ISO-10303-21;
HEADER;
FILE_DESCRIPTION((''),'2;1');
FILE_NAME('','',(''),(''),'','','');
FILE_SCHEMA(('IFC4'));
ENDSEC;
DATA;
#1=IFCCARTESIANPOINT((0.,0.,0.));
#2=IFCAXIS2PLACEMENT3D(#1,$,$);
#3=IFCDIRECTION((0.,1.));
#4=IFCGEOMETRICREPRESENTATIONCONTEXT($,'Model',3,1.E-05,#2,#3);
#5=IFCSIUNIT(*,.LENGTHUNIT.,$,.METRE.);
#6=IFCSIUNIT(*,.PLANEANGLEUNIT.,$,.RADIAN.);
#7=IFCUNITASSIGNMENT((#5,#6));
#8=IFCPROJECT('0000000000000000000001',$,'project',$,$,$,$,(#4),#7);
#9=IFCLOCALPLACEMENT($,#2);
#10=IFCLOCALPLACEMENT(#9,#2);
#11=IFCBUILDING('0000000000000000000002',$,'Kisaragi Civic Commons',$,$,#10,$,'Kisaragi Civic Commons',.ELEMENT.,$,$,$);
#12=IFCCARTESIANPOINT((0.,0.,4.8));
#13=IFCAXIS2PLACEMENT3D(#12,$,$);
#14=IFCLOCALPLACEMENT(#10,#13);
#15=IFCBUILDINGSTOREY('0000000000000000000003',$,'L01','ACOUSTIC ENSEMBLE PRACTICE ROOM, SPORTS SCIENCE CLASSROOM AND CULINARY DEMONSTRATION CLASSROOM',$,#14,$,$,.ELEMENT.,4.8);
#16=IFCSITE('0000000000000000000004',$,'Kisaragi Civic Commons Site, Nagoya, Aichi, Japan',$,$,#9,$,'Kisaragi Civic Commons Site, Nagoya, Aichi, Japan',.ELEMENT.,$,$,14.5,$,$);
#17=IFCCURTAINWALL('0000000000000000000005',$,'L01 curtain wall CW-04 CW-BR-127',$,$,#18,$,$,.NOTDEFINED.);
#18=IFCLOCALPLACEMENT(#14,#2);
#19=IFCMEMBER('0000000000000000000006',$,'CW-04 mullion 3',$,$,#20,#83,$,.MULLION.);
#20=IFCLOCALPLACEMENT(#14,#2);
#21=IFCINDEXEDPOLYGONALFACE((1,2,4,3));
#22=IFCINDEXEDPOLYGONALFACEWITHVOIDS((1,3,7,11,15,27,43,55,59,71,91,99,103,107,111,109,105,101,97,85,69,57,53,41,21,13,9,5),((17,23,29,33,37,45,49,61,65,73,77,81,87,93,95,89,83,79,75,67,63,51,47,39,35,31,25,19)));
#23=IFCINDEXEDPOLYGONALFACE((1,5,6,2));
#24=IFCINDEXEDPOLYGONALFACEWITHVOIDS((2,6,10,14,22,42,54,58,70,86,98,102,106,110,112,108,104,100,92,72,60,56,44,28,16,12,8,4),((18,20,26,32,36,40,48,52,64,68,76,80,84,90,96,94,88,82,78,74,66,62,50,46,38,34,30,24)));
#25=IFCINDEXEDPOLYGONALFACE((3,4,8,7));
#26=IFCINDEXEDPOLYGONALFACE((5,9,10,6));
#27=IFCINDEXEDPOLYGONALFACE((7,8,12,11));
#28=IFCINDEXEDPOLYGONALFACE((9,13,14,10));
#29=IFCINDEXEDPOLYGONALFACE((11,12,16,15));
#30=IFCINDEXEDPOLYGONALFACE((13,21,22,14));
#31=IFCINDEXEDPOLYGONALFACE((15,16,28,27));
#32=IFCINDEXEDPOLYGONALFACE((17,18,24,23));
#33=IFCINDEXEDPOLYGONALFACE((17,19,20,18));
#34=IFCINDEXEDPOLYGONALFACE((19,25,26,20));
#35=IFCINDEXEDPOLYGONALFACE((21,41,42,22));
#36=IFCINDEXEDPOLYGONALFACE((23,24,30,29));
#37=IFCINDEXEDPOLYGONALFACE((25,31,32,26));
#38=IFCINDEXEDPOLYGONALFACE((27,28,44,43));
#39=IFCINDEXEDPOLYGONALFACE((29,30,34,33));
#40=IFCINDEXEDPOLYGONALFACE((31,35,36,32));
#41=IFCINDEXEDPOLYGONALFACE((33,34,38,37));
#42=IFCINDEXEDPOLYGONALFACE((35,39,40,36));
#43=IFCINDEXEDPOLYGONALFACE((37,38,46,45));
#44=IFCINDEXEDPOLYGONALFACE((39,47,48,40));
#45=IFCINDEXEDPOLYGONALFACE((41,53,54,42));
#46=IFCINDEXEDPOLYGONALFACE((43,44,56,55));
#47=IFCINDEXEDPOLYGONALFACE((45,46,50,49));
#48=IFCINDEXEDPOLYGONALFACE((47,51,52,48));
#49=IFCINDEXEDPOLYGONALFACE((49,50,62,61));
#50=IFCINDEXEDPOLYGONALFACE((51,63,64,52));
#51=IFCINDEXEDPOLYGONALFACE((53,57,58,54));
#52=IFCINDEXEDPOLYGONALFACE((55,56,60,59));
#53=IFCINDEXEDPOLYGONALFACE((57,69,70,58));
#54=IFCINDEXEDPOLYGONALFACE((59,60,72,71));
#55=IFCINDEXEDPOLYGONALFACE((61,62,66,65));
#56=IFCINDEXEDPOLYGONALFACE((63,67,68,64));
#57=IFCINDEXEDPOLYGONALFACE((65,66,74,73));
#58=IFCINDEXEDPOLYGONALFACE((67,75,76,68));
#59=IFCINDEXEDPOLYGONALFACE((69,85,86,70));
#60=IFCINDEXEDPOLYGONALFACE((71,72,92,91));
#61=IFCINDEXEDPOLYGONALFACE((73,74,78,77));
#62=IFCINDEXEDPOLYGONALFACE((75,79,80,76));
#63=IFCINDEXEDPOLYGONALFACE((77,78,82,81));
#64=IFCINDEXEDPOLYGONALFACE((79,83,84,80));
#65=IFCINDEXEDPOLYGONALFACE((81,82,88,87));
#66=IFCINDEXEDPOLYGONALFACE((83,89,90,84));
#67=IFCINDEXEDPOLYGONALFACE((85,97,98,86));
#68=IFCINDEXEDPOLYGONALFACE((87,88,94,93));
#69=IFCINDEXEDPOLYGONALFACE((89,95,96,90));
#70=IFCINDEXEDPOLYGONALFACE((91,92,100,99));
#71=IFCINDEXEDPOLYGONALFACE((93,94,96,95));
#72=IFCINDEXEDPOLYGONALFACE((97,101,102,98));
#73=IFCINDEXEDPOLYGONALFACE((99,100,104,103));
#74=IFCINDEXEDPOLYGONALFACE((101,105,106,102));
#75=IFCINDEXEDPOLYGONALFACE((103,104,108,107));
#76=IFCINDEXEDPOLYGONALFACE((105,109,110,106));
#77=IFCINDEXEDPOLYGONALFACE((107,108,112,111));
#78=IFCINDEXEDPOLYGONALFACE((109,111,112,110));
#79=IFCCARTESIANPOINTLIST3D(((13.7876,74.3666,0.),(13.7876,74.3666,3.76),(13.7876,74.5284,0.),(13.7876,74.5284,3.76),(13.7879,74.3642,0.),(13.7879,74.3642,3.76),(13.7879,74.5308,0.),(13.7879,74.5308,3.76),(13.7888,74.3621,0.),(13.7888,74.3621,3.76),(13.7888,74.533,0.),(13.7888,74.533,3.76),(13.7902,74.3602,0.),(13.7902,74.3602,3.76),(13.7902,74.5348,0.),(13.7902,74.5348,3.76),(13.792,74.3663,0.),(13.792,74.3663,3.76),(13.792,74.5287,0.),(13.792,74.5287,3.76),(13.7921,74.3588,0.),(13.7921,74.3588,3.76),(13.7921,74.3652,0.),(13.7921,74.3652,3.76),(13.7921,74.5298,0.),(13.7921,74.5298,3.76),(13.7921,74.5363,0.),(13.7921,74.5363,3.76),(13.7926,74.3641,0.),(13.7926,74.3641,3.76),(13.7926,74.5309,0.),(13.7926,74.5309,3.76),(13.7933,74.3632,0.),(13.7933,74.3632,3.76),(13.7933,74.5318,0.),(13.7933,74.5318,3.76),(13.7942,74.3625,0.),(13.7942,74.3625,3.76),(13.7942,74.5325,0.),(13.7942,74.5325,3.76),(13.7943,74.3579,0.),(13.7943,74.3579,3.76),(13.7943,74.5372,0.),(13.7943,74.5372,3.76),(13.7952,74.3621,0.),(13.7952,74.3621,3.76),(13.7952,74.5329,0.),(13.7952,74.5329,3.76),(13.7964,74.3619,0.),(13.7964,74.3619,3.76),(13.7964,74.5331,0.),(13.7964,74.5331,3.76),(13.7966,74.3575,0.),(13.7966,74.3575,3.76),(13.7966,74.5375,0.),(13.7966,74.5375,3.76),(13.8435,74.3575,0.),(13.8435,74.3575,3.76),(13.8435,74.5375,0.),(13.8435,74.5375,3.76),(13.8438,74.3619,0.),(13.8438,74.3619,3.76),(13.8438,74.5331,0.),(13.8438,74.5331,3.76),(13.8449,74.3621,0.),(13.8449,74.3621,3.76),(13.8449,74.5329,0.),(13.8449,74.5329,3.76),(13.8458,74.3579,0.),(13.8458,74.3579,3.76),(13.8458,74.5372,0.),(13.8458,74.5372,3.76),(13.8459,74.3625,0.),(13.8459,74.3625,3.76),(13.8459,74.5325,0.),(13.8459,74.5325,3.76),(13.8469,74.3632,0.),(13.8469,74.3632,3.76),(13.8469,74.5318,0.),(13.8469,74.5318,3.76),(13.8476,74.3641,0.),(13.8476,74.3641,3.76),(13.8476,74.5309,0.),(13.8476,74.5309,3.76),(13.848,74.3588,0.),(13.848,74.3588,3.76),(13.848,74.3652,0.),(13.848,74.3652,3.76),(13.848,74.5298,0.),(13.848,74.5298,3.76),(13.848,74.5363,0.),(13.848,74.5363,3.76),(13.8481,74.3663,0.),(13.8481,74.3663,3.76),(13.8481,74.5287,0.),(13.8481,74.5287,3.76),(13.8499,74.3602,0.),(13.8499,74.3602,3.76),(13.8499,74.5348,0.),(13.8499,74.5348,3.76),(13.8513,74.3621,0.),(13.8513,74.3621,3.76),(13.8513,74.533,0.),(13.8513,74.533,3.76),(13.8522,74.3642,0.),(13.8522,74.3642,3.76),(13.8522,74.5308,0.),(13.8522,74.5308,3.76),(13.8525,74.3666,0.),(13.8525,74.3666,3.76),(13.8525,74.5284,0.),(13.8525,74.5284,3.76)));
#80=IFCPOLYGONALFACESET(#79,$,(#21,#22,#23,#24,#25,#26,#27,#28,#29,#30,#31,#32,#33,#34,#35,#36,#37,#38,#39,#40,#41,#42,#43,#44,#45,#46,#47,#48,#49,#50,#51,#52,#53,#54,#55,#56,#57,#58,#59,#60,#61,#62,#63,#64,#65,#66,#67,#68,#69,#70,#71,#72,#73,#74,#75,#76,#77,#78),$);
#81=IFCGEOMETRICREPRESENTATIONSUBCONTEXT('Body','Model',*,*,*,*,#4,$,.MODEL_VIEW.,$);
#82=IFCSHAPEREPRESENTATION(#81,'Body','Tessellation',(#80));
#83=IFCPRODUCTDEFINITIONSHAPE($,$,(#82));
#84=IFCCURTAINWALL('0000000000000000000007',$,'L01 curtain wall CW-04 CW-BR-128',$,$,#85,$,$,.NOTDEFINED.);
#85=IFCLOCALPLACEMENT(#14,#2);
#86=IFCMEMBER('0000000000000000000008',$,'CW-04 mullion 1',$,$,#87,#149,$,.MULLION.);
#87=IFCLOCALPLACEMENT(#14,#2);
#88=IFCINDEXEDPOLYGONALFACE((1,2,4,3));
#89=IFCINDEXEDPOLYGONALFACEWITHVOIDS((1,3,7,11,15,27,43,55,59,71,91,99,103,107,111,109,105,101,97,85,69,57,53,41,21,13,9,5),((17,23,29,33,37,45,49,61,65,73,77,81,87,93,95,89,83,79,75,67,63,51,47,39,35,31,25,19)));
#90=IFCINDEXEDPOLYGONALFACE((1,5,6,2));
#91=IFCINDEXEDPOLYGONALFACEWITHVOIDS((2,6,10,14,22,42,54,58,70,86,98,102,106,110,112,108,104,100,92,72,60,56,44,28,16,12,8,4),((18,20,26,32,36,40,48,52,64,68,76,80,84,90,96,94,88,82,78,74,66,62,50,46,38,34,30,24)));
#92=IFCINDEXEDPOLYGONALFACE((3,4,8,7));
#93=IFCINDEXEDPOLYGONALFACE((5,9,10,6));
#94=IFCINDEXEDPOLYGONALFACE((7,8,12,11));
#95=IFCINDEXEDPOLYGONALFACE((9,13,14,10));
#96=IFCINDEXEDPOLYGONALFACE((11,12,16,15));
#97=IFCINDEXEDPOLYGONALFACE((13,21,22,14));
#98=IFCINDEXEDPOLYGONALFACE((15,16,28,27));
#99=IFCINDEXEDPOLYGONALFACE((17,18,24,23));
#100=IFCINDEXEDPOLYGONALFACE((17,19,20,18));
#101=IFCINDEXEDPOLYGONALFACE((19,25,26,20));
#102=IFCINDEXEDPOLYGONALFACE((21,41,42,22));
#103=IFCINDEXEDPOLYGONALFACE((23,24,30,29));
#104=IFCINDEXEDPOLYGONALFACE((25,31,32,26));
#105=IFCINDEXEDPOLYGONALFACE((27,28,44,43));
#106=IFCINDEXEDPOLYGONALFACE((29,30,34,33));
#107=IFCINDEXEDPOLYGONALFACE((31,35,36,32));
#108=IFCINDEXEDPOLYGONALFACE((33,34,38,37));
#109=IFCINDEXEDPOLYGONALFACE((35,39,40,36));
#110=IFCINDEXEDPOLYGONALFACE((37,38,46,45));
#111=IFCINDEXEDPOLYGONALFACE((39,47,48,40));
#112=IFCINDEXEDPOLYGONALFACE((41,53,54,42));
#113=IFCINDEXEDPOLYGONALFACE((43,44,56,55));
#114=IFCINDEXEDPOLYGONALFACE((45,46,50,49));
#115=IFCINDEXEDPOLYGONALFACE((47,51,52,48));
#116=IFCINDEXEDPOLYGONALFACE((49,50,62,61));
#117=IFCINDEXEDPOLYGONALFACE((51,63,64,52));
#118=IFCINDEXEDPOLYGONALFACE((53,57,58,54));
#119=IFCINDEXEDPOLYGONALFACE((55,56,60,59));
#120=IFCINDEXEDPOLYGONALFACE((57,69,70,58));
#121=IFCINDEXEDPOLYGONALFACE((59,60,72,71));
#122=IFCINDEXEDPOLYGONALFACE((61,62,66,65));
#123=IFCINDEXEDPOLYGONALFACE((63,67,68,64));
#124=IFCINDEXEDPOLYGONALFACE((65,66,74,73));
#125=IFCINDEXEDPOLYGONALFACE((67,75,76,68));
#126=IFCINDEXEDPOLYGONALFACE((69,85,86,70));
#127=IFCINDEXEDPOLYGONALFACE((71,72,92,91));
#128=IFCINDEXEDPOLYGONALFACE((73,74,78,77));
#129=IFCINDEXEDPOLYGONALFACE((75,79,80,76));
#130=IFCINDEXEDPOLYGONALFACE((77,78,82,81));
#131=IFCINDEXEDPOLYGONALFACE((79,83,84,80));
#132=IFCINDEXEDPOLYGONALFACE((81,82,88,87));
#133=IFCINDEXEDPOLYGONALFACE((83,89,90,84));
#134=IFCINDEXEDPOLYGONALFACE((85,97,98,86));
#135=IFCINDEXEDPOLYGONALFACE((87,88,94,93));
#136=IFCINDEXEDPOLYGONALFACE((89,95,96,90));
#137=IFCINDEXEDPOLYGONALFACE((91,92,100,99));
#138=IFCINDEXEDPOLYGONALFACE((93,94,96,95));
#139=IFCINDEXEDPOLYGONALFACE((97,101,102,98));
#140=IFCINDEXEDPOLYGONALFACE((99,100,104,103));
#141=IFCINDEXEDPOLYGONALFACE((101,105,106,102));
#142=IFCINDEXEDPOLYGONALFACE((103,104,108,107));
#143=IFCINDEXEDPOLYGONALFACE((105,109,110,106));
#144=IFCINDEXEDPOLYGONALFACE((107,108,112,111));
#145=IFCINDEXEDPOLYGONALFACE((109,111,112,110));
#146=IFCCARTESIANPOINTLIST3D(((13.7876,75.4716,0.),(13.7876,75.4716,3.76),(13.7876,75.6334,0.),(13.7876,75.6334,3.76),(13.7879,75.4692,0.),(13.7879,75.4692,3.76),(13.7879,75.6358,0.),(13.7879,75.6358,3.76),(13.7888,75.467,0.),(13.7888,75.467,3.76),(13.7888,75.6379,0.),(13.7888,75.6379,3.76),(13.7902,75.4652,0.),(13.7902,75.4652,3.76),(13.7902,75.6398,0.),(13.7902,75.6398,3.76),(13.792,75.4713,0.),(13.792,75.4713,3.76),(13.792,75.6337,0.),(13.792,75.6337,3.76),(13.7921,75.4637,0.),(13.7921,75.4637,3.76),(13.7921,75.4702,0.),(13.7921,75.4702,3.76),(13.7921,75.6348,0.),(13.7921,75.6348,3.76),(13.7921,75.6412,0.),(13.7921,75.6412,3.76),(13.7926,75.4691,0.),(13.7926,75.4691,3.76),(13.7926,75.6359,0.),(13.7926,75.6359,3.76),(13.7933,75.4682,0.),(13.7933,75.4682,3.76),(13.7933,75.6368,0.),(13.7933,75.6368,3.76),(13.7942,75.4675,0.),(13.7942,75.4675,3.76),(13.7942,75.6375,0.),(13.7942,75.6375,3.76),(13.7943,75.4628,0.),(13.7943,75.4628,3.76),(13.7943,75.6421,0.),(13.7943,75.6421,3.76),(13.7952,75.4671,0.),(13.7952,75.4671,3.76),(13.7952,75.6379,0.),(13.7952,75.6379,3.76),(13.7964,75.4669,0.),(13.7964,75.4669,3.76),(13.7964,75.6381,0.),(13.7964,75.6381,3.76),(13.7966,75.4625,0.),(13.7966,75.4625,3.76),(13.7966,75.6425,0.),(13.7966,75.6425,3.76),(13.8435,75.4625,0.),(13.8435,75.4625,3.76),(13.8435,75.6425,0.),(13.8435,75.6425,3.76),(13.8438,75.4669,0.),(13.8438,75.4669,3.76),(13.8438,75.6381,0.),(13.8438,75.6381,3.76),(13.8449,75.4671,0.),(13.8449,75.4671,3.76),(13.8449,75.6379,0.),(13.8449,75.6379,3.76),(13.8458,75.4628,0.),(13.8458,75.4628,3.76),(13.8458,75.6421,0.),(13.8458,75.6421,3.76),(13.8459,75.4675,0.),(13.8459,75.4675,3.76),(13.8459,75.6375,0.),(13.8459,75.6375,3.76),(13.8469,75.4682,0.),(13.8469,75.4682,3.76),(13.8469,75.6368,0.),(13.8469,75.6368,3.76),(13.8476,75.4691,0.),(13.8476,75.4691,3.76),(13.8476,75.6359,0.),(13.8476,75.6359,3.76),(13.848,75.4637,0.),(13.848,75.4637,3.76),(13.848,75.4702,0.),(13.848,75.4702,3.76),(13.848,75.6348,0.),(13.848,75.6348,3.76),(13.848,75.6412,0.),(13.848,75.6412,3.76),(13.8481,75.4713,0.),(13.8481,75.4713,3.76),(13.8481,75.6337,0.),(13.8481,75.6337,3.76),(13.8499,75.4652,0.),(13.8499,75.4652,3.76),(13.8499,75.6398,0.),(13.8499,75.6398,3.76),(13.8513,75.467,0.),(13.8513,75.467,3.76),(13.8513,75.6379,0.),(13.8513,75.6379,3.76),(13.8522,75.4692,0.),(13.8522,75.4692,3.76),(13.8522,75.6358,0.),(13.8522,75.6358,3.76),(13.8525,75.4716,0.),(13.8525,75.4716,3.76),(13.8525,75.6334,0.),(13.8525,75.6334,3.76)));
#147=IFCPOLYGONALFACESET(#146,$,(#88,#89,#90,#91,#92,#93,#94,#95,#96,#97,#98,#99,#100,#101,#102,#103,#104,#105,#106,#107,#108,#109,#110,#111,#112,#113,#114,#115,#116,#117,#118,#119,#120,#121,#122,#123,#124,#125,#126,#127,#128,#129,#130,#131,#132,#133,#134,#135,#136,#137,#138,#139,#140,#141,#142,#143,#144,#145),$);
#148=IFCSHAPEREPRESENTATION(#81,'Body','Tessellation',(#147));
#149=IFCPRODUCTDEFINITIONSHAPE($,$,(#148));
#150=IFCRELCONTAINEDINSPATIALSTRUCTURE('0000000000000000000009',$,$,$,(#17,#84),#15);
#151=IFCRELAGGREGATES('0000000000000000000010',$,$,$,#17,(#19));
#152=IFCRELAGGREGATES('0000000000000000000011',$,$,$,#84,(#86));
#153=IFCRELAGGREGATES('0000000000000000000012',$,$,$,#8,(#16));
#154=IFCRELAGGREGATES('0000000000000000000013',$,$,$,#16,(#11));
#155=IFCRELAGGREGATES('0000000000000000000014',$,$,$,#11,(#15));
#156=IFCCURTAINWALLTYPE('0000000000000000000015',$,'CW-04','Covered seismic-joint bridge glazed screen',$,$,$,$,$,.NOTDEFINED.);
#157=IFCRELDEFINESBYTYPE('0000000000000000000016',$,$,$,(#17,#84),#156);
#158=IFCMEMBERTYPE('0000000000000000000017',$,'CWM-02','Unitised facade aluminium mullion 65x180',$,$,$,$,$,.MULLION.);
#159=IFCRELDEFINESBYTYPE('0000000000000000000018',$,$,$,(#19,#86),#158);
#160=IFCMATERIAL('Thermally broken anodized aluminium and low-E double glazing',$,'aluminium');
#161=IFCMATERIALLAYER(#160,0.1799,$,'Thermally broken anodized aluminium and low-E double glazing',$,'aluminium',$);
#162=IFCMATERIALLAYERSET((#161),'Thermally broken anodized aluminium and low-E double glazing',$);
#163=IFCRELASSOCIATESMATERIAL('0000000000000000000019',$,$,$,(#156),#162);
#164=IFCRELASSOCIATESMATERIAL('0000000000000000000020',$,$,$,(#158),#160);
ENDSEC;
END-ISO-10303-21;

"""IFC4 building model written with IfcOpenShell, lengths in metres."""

from ifc_helpers import new_model, si_unit, direction, frame, origin, origin_2d, place, context, subcontext, project, spatial, hollow_rectangle, extrude, material, layer, layer_set, material_profile, profile_set, type_object, element, aggregate, save


model = new_model("IFC4")

# Units and contexts
model_context = context("Model", 3, precision=1e-05, world=origin(), true_north=direction((0.0, 1.0)))
body_context = subcontext(model_context, "Body", "Model", "MODEL_VIEW")
ifc_project = project(units=[si_unit("LENGTHUNIT", "METRE"), si_unit("PLANEANGLEUNIT", "RADIAN")], contexts=[model_context])

# Site, building, storey
site_placement = place(None, origin())
site = spatial("IfcSite", under=ifc_project, at=site_placement, Name="Kisaragi Civic Commons Site, Nagoya, Aichi, Japan", LongName="Kisaragi Civic Commons Site, Nagoya, Aichi, Japan", CompositionType="ELEMENT", RefElevation=14.5)
building_placement = place(site_placement, origin())
building = spatial("IfcBuilding", under=site, at=building_placement, Name="Kisaragi Civic Commons", LongName="Kisaragi Civic Commons", CompositionType="ELEMENT")
storey_placement = place(building_placement, frame((0.0, 0.0, 4.8)))
storey = spatial("IfcBuildingStorey", under=building, at=storey_placement, Name="L01", Description="ACOUSTIC ENSEMBLE PRACTICE ROOM, SPORTS SCIENCE CLASSROOM AND CULINARY DEMONSTRATION CLASSROOM", CompositionType="ELEMENT", Elevation=4.8)

# Curtain walls, members
ifc_material_1 = material(Name="Thermally broken anodized aluminium and low-E double glazing", Category="aluminium")
ifc_layer_1 = layer(ifc_material_1, 0.1799, Name="Thermally broken anodized aluminium and low-E double glazing", Category="aluminium")
ifc_layer_set_1 = layer_set([ifc_layer_1], Name="Thermally broken anodized aluminium and low-E double glazing")
curtain_wall_type = type_object("IfcCurtainWallType", Name="CW-04", Description="Covered seismic-joint bridge glazed screen", PredefinedType="NOTDEFINED", material=ifc_layer_set_1)
curtain_wall_1_placement = place(storey_placement, origin())
curtain_wall_1 = element("IfcCurtainWall", 1, at=curtain_wall_1_placement, inside=storey, type_object=curtain_wall_type, Name="L01 curtain wall CW-04 CW-BR-127", PredefinedType="NOTDEFINED")
ifc_material_profile_1 = material_profile(ifc_material_1, hollow_rectangle(XDim=0.0649, YDim=0.1799, WallThickness=0.0044, InnerFilletRadius=0.0044, OuterFilletRadius=0.009, at=origin_2d()), Name="CWM-65x180x4.5", Category="aluminium")
ifc_profile_set_1 = profile_set([ifc_material_profile_1], Name="Thermally broken anodized aluminium and low-E double glazing")
member_type_1 = type_object("IfcMemberType", Name="CWM-02", Description="Unitised facade aluminium mullion 65x180", PredefinedType="MULLION", material=ifc_profile_set_1)
member_1_placement = place(storey_placement, frame((13.8201, 74.4475, 0.0), z_axis=(0.0, 0.0, 1.0), x_axis=(-1.0, 0.0, 0.0)))
member_1 = element("IfcMember", 2, at=member_1_placement, type_object=member_type_1, Name="CW-04 mullion 3", PredefinedType="MULLION", context=body_context, shape_type="SweptSolid", body=[
    extrude(hollow_rectangle(XDim=0.0649, YDim=0.1799, WallThickness=0.0044, InnerFilletRadius=0.0044, OuterFilletRadius=0.009, at=origin_2d()), origin(), (0.0, 0.0, 1.0), 3.76),
])
curtain_wall_2_placement = place(storey_placement, origin())
curtain_wall_2 = element("IfcCurtainWall", 3, at=curtain_wall_2_placement, inside=storey, type_object=curtain_wall_type, Name="L01 curtain wall CW-04 CW-BR-128", PredefinedType="NOTDEFINED")
member_2_placement = place(storey_placement, frame((13.8201, 75.5525, 0.0), z_axis=(0.0, 0.0, 1.0), x_axis=(-1.0, 0.0, 0.0)))
member_2 = element("IfcMember", 4, at=member_2_placement, type_object=member_type_1, Name="CW-04 mullion 1", PredefinedType="MULLION", context=body_context, shape_type="SweptSolid", body=[
    extrude(hollow_rectangle(XDim=0.0649, YDim=0.1799, WallThickness=0.0044, InnerFilletRadius=0.0044, OuterFilletRadius=0.009, at=origin_2d()), origin(), (0.0, 0.0, 1.0), 3.76),
])

aggregate(curtain_wall_1, [member_1])
aggregate(curtain_wall_2, [member_2])

save(model, "model.ifc")
